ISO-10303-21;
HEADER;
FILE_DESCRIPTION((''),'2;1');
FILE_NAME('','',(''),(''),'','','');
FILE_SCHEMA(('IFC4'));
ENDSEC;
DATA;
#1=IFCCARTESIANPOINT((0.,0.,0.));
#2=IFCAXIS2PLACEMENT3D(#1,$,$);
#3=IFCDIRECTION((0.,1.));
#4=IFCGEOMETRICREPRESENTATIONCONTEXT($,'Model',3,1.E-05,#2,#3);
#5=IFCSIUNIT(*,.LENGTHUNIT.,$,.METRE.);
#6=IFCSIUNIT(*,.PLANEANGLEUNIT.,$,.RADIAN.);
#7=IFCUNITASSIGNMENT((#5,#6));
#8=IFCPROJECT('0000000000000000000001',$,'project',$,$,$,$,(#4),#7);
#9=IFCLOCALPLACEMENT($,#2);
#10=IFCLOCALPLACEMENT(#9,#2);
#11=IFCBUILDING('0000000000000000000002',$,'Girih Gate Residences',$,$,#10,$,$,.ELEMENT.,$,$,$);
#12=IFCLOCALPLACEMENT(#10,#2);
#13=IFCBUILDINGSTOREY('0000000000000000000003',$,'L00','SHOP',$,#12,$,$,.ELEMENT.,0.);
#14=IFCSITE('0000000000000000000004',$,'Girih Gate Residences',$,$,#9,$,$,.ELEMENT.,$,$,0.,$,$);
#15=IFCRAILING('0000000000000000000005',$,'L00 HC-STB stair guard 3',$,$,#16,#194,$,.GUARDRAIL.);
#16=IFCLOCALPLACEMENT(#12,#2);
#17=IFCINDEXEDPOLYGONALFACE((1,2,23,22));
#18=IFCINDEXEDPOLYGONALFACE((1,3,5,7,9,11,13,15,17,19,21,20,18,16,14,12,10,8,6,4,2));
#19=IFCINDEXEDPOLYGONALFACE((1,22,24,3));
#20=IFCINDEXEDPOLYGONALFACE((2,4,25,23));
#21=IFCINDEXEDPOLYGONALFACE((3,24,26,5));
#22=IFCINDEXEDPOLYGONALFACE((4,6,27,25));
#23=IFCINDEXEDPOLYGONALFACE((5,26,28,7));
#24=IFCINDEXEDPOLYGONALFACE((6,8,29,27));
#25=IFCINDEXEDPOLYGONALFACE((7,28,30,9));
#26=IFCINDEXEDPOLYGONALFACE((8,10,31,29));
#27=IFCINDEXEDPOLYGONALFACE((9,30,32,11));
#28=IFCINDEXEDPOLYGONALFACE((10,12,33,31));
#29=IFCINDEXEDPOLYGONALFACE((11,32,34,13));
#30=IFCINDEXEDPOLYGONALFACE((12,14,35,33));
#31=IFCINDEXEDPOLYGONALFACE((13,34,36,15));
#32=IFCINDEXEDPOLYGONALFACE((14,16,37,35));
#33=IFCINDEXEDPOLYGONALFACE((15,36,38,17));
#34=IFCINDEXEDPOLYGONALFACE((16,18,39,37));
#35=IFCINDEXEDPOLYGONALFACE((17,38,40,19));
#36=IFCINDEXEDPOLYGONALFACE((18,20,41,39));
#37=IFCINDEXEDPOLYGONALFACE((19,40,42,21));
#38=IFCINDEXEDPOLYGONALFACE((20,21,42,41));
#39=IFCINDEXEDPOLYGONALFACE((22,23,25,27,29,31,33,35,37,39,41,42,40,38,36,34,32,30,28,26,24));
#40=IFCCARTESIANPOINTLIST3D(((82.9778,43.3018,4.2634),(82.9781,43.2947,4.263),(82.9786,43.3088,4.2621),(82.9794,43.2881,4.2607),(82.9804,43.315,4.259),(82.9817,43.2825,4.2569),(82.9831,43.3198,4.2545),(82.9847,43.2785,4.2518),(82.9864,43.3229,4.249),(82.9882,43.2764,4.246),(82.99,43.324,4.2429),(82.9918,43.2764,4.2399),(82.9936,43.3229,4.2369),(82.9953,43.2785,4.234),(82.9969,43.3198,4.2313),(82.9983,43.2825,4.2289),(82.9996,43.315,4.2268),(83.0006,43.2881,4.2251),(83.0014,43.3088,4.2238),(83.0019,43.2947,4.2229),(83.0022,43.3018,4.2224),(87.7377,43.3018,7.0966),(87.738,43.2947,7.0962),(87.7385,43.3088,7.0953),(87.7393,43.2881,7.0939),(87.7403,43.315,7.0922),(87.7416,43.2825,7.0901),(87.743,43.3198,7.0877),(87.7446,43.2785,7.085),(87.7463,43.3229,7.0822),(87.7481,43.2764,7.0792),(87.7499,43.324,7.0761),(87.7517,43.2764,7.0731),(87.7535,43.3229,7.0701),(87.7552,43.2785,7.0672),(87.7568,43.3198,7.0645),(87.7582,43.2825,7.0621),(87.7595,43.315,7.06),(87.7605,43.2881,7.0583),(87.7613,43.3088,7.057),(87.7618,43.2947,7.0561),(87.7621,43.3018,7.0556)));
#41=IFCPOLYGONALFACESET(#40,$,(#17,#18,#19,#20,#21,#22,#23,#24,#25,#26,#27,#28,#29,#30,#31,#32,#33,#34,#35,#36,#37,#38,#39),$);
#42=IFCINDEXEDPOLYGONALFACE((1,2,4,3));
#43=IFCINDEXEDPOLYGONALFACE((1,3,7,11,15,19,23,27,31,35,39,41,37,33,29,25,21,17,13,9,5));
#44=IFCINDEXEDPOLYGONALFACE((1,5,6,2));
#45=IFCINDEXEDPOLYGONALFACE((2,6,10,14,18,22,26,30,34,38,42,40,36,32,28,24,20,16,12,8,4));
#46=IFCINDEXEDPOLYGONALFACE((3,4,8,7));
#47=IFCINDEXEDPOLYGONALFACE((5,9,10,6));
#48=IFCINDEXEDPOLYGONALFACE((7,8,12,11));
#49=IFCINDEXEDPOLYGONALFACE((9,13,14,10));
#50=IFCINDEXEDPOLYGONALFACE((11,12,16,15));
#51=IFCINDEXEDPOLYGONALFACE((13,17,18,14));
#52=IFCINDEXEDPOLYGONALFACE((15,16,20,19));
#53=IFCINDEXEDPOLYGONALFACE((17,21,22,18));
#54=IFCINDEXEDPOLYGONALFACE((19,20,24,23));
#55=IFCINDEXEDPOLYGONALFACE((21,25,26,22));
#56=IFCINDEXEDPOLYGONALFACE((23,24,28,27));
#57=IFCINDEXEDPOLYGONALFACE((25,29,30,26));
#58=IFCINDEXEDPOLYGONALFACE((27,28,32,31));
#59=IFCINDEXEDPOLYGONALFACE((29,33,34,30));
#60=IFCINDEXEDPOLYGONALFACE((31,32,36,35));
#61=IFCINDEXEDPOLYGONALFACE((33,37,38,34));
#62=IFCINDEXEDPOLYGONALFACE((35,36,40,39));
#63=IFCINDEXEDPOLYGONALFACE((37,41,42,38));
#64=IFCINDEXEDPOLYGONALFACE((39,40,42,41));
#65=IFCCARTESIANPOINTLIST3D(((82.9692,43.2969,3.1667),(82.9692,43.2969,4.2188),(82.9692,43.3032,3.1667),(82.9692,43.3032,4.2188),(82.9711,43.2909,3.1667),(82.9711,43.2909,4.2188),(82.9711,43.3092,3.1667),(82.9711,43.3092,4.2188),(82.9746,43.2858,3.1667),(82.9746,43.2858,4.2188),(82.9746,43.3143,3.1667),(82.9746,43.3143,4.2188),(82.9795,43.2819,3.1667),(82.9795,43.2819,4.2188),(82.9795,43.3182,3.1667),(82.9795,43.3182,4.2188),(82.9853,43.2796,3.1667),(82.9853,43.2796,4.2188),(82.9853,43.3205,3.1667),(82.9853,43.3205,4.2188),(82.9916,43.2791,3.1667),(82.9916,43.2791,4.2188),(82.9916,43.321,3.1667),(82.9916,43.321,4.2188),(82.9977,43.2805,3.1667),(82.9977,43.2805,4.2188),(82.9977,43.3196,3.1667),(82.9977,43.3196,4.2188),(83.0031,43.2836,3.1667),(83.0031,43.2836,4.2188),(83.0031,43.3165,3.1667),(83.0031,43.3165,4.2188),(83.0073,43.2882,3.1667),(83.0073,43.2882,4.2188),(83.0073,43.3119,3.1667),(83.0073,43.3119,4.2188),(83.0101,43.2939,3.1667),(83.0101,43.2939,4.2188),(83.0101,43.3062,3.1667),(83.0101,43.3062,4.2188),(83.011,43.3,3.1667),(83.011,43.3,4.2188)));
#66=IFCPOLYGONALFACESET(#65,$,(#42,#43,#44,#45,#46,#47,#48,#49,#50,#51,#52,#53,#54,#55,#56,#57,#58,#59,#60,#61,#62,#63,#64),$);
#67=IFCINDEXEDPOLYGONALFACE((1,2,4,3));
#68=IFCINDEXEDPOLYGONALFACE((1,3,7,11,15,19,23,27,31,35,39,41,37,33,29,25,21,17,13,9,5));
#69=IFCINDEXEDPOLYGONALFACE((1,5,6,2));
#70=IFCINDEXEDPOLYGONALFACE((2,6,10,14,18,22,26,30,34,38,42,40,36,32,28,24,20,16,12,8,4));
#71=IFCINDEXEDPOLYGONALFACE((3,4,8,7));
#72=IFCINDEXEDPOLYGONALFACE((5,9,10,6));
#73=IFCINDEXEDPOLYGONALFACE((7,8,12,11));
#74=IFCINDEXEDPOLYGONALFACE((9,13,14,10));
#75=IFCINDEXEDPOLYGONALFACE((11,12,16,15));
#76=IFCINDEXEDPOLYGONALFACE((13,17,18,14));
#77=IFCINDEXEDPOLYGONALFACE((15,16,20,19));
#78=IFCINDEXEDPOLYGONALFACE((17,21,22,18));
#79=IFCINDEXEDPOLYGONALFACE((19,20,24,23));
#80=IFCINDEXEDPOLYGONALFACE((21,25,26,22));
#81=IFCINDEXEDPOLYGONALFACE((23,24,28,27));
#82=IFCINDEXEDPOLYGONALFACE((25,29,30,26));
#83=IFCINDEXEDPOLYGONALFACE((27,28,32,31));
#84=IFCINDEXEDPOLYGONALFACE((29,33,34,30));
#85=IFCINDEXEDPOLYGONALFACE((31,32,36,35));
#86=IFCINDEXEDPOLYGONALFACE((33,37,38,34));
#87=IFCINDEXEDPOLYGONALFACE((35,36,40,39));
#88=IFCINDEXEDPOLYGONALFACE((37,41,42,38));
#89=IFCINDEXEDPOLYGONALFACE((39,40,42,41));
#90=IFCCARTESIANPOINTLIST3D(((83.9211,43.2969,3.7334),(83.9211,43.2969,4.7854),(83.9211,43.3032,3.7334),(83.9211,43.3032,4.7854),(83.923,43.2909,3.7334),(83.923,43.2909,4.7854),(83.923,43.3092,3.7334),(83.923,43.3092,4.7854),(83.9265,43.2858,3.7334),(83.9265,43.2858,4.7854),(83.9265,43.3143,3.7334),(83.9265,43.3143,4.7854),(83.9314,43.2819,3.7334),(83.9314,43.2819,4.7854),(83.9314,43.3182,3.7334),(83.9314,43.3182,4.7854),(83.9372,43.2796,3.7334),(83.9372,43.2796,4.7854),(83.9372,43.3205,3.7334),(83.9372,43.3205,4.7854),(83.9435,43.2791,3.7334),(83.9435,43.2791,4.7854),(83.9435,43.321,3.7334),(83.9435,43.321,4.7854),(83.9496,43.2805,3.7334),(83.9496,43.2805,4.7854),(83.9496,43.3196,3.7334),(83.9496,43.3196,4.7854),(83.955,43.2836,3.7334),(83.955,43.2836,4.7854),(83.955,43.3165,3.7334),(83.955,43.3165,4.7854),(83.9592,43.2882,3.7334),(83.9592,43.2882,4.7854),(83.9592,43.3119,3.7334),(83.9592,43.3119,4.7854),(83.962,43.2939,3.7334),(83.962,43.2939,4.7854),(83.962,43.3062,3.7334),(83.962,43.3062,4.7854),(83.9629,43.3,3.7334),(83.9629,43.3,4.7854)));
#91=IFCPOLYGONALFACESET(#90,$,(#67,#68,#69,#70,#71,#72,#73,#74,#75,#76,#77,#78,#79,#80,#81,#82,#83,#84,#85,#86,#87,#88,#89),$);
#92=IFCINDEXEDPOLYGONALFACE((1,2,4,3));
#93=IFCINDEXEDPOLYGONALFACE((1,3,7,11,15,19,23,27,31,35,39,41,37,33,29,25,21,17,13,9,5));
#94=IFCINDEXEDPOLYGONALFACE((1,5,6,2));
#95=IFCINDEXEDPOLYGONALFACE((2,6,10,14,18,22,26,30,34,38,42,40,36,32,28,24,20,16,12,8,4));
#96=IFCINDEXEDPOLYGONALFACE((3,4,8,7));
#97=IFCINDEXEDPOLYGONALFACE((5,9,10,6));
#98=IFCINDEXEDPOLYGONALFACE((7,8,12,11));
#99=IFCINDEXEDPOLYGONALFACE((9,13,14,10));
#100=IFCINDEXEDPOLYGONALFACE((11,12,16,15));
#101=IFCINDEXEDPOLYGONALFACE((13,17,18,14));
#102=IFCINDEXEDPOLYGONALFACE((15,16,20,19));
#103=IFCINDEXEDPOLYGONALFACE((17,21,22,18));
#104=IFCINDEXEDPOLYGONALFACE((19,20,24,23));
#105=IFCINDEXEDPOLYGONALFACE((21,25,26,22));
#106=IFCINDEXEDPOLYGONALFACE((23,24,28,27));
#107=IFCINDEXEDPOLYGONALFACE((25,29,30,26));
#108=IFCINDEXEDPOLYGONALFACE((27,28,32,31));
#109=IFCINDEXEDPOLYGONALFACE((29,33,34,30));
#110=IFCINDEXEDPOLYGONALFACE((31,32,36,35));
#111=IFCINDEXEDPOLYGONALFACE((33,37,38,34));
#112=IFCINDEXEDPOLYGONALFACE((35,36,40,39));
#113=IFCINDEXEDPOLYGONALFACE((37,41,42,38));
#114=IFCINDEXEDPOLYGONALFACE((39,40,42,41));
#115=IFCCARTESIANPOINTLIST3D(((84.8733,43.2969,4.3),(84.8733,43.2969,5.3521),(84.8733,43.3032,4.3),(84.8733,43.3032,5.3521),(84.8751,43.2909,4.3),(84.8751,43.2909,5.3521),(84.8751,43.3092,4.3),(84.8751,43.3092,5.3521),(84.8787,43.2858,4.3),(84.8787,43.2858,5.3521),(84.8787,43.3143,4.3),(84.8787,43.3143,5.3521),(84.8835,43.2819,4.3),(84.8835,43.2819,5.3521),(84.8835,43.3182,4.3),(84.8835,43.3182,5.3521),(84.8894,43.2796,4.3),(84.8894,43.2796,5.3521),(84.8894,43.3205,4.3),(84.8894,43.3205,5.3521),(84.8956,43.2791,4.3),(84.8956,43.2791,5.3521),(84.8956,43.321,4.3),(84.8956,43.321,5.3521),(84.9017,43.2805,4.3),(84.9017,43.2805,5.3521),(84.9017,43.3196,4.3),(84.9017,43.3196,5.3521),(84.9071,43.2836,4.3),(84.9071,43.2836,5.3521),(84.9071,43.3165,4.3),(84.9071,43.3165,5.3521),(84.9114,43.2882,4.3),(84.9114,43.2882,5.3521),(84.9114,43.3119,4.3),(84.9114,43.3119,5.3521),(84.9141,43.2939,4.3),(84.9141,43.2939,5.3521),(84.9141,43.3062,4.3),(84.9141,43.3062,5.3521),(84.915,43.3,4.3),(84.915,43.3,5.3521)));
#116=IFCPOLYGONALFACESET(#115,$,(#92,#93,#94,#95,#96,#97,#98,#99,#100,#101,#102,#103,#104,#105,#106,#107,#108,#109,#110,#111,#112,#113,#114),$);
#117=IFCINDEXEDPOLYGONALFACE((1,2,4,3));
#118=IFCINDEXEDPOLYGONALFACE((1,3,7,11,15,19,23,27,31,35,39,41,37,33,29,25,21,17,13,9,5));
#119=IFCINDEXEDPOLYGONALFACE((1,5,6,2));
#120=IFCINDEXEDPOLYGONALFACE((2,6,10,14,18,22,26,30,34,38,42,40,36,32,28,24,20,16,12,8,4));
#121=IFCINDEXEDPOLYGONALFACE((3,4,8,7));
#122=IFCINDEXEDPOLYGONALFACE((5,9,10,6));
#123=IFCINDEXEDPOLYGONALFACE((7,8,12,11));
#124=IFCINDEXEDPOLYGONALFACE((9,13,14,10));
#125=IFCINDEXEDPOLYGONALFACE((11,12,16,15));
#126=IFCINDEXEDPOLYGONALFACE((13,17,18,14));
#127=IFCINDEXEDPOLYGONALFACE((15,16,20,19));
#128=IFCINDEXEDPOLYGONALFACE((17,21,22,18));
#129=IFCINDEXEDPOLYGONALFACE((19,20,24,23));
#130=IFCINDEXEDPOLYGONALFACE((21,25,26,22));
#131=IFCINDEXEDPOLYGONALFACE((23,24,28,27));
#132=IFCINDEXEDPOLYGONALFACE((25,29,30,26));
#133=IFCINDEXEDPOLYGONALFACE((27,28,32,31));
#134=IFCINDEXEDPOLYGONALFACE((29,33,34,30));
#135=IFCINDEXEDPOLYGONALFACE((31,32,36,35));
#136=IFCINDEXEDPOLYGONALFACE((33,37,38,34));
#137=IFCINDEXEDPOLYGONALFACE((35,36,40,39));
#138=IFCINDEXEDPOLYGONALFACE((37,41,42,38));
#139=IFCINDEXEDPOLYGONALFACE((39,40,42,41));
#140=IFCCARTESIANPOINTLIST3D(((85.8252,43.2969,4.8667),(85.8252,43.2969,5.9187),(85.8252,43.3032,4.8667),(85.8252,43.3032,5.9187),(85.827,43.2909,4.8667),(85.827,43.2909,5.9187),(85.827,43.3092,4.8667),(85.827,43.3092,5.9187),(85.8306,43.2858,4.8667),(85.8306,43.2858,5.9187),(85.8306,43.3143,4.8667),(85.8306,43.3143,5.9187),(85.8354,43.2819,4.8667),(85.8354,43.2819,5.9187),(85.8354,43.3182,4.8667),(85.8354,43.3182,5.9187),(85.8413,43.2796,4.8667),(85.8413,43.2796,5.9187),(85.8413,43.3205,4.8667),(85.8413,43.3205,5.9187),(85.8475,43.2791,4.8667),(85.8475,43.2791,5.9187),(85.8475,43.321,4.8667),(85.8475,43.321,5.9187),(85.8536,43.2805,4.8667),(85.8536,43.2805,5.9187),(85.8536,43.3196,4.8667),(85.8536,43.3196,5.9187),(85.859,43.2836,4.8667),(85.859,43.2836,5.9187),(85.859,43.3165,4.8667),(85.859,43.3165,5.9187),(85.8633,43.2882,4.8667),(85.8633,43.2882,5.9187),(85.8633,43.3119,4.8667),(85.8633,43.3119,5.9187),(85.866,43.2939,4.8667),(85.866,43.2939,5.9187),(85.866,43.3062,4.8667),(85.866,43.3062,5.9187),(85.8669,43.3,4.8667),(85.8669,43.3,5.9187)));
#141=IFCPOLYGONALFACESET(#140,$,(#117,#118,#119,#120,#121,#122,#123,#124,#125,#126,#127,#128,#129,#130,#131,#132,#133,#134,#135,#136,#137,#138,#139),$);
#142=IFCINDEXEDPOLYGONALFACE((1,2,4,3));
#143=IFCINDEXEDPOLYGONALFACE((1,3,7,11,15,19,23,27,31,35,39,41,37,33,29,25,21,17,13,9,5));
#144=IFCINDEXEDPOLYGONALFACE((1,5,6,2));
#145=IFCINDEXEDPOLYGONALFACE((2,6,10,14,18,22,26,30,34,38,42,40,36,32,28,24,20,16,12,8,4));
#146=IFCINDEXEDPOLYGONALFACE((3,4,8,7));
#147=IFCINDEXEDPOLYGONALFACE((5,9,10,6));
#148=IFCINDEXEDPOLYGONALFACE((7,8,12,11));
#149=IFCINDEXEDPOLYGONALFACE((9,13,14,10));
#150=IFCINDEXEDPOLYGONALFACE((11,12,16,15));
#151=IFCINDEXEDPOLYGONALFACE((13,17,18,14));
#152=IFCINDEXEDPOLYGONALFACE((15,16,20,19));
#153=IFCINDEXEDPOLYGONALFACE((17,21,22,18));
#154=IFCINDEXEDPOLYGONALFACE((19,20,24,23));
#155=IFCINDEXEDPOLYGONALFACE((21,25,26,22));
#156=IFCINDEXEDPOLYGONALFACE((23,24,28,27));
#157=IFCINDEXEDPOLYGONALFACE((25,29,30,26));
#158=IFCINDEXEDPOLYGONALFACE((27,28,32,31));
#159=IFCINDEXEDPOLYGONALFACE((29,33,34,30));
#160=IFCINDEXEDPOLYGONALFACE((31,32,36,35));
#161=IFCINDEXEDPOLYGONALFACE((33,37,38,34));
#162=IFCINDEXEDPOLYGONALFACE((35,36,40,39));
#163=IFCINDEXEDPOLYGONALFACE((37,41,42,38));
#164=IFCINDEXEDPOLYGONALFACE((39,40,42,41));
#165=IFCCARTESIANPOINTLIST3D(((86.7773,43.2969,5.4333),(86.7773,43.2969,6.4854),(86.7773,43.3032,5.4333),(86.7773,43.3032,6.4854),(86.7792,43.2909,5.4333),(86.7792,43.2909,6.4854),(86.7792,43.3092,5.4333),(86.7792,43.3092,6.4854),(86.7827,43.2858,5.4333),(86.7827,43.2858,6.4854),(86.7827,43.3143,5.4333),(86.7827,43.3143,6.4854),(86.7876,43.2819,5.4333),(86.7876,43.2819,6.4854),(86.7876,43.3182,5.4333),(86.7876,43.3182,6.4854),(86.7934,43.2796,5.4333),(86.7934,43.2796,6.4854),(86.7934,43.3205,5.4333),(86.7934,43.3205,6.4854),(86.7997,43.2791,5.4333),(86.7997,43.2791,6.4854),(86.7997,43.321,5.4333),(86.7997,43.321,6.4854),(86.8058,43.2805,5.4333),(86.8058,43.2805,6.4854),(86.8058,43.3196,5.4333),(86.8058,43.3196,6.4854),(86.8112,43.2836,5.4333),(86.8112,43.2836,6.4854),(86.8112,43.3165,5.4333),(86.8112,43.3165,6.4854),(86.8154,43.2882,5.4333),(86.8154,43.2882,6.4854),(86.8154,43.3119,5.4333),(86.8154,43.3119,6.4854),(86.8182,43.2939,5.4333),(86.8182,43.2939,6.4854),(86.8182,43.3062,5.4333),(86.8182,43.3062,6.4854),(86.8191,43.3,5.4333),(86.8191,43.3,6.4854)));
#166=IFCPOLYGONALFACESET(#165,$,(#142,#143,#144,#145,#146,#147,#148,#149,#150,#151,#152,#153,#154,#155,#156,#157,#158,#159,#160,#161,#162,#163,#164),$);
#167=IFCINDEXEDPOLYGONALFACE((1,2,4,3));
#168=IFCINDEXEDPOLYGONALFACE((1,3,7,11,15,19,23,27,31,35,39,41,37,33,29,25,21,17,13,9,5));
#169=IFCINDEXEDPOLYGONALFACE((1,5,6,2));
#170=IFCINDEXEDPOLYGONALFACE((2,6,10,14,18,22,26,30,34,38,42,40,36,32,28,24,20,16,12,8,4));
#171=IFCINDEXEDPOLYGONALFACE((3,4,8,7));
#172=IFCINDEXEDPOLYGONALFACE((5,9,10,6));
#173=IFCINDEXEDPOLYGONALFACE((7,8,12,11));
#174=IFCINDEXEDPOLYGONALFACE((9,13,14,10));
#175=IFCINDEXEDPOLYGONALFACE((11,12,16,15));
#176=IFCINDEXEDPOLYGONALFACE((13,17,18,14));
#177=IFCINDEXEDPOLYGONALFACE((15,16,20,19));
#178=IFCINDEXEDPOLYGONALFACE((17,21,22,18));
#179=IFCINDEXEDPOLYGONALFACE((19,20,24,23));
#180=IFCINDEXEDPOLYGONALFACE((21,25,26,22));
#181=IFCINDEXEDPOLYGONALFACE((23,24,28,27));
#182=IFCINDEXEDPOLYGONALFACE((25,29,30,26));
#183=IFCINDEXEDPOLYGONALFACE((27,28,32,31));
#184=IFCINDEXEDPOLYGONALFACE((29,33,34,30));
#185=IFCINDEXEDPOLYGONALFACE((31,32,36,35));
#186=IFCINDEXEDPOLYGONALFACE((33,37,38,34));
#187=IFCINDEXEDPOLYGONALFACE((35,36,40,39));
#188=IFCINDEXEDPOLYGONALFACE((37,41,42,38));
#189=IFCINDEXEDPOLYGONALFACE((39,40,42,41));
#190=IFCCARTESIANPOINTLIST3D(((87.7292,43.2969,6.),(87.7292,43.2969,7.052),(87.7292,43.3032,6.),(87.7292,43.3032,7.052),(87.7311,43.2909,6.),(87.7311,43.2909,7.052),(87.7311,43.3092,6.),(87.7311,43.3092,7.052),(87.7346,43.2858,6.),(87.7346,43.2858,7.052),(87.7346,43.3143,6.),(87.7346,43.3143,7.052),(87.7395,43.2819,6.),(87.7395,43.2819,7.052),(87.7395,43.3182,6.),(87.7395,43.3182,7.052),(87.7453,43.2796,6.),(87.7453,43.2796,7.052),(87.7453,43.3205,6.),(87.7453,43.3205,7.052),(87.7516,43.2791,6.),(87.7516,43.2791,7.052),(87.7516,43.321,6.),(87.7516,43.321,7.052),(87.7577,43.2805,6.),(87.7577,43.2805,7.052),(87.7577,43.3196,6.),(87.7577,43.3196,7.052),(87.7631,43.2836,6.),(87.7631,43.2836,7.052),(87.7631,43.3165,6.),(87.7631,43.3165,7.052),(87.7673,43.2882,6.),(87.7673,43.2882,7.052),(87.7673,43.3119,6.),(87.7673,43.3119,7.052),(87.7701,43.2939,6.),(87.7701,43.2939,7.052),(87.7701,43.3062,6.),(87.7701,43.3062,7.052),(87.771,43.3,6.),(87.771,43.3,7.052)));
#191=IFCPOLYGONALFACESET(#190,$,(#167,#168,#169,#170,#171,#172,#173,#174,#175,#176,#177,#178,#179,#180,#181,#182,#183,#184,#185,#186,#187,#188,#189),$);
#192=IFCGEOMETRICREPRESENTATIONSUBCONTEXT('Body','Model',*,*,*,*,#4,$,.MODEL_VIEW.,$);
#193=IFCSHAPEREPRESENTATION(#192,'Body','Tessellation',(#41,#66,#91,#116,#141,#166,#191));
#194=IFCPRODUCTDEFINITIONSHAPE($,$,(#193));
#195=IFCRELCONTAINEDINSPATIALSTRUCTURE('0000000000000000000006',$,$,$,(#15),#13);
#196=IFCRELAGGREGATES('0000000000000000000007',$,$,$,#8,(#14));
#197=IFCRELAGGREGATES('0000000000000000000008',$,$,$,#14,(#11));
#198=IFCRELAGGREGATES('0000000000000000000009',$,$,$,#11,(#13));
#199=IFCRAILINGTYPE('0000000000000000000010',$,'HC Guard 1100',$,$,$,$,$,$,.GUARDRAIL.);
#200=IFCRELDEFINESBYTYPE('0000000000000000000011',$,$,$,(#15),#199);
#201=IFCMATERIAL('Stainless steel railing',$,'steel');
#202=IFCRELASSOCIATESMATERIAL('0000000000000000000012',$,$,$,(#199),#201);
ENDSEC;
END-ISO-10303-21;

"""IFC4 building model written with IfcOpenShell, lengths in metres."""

from ifc_helpers import new_model, si_unit, direction, frame, origin, origin_2d, place, context, subcontext, project, spatial, circle, extrude, material, type_object, element, save


model = new_model("IFC4")

# Units and contexts
model_context = context("Model", 3, precision=1e-05, world=origin(), true_north=direction((0.0, 1.0)))
body_context = subcontext(model_context, "Body", "Model", "MODEL_VIEW")
ifc_project = project(units=[si_unit("LENGTHUNIT", "METRE"), si_unit("PLANEANGLEUNIT", "RADIAN")], contexts=[model_context])

# Site, building, storey
site_placement = place(None, origin())
site = spatial("IfcSite", under=ifc_project, at=site_placement, Name="Girih Gate Residences", CompositionType="ELEMENT", RefElevation=0.0)
building_placement = place(site_placement, origin())
building = spatial("IfcBuilding", under=site, at=building_placement, Name="Girih Gate Residences", CompositionType="ELEMENT")
storey_placement = place(building_placement, origin())
storey = spatial("IfcBuildingStorey", under=building, at=storey_placement, Name="L00", Description="SHOP", CompositionType="ELEMENT", Elevation=0.0)

# Railing
ifc_material_1 = material(Name="Stainless steel railing", Category="steel")
railing_type_1 = type_object("IfcRailingType", Name="HC Guard 1100", PredefinedType="GUARDRAIL", material=ifc_material_1)
railing_1_placement = place(storey_placement, frame((82.99, 43.3, 3.1667)))
element("IfcRailing", 1, at=railing_1_placement, inside=storey, type_object=railing_type_1, Name="L00 HC-STB stair guard 3", PredefinedType="GUARDRAIL", context=body_context, shape_type="SweptSolid", body=[
    extrude(circle(Radius=0.0239, at=origin_2d()), frame((0.0, 0.0, 1.0762), z_axis=(0.8593, 0.0, 0.511472), x_axis=(0.0, 1.0, 0.0)), (0.0, 0.0, 1.0), 5.5393),
    extrude(circle(Radius=0.021, at=origin_2d()), origin(), (0.0, 0.0, 1.0), 1.052),
    extrude(circle(Radius=0.021, at=origin_2d()), frame((0.9519, 0.0, 0.5667)), (0.0, 0.0, 1.0), 1.052),
    extrude(circle(Radius=0.021, at=origin_2d()), frame((1.9041, 0.0, 1.1333)), (0.0, 0.0, 1.0), 1.052),
    extrude(circle(Radius=0.021, at=origin_2d()), frame((2.856, 0.0, 1.7)), (0.0, 0.0, 1.0), 1.052),
    extrude(circle(Radius=0.021, at=origin_2d()), frame((3.8081, 0.0, 2.2666)), (0.0, 0.0, 1.0), 1.052),
    extrude(circle(Radius=0.021, at=origin_2d()), frame((4.76, 0.0, 2.8333)), (0.0, 0.0, 1.0), 1.052),
])

save(model, "model.ifc")
